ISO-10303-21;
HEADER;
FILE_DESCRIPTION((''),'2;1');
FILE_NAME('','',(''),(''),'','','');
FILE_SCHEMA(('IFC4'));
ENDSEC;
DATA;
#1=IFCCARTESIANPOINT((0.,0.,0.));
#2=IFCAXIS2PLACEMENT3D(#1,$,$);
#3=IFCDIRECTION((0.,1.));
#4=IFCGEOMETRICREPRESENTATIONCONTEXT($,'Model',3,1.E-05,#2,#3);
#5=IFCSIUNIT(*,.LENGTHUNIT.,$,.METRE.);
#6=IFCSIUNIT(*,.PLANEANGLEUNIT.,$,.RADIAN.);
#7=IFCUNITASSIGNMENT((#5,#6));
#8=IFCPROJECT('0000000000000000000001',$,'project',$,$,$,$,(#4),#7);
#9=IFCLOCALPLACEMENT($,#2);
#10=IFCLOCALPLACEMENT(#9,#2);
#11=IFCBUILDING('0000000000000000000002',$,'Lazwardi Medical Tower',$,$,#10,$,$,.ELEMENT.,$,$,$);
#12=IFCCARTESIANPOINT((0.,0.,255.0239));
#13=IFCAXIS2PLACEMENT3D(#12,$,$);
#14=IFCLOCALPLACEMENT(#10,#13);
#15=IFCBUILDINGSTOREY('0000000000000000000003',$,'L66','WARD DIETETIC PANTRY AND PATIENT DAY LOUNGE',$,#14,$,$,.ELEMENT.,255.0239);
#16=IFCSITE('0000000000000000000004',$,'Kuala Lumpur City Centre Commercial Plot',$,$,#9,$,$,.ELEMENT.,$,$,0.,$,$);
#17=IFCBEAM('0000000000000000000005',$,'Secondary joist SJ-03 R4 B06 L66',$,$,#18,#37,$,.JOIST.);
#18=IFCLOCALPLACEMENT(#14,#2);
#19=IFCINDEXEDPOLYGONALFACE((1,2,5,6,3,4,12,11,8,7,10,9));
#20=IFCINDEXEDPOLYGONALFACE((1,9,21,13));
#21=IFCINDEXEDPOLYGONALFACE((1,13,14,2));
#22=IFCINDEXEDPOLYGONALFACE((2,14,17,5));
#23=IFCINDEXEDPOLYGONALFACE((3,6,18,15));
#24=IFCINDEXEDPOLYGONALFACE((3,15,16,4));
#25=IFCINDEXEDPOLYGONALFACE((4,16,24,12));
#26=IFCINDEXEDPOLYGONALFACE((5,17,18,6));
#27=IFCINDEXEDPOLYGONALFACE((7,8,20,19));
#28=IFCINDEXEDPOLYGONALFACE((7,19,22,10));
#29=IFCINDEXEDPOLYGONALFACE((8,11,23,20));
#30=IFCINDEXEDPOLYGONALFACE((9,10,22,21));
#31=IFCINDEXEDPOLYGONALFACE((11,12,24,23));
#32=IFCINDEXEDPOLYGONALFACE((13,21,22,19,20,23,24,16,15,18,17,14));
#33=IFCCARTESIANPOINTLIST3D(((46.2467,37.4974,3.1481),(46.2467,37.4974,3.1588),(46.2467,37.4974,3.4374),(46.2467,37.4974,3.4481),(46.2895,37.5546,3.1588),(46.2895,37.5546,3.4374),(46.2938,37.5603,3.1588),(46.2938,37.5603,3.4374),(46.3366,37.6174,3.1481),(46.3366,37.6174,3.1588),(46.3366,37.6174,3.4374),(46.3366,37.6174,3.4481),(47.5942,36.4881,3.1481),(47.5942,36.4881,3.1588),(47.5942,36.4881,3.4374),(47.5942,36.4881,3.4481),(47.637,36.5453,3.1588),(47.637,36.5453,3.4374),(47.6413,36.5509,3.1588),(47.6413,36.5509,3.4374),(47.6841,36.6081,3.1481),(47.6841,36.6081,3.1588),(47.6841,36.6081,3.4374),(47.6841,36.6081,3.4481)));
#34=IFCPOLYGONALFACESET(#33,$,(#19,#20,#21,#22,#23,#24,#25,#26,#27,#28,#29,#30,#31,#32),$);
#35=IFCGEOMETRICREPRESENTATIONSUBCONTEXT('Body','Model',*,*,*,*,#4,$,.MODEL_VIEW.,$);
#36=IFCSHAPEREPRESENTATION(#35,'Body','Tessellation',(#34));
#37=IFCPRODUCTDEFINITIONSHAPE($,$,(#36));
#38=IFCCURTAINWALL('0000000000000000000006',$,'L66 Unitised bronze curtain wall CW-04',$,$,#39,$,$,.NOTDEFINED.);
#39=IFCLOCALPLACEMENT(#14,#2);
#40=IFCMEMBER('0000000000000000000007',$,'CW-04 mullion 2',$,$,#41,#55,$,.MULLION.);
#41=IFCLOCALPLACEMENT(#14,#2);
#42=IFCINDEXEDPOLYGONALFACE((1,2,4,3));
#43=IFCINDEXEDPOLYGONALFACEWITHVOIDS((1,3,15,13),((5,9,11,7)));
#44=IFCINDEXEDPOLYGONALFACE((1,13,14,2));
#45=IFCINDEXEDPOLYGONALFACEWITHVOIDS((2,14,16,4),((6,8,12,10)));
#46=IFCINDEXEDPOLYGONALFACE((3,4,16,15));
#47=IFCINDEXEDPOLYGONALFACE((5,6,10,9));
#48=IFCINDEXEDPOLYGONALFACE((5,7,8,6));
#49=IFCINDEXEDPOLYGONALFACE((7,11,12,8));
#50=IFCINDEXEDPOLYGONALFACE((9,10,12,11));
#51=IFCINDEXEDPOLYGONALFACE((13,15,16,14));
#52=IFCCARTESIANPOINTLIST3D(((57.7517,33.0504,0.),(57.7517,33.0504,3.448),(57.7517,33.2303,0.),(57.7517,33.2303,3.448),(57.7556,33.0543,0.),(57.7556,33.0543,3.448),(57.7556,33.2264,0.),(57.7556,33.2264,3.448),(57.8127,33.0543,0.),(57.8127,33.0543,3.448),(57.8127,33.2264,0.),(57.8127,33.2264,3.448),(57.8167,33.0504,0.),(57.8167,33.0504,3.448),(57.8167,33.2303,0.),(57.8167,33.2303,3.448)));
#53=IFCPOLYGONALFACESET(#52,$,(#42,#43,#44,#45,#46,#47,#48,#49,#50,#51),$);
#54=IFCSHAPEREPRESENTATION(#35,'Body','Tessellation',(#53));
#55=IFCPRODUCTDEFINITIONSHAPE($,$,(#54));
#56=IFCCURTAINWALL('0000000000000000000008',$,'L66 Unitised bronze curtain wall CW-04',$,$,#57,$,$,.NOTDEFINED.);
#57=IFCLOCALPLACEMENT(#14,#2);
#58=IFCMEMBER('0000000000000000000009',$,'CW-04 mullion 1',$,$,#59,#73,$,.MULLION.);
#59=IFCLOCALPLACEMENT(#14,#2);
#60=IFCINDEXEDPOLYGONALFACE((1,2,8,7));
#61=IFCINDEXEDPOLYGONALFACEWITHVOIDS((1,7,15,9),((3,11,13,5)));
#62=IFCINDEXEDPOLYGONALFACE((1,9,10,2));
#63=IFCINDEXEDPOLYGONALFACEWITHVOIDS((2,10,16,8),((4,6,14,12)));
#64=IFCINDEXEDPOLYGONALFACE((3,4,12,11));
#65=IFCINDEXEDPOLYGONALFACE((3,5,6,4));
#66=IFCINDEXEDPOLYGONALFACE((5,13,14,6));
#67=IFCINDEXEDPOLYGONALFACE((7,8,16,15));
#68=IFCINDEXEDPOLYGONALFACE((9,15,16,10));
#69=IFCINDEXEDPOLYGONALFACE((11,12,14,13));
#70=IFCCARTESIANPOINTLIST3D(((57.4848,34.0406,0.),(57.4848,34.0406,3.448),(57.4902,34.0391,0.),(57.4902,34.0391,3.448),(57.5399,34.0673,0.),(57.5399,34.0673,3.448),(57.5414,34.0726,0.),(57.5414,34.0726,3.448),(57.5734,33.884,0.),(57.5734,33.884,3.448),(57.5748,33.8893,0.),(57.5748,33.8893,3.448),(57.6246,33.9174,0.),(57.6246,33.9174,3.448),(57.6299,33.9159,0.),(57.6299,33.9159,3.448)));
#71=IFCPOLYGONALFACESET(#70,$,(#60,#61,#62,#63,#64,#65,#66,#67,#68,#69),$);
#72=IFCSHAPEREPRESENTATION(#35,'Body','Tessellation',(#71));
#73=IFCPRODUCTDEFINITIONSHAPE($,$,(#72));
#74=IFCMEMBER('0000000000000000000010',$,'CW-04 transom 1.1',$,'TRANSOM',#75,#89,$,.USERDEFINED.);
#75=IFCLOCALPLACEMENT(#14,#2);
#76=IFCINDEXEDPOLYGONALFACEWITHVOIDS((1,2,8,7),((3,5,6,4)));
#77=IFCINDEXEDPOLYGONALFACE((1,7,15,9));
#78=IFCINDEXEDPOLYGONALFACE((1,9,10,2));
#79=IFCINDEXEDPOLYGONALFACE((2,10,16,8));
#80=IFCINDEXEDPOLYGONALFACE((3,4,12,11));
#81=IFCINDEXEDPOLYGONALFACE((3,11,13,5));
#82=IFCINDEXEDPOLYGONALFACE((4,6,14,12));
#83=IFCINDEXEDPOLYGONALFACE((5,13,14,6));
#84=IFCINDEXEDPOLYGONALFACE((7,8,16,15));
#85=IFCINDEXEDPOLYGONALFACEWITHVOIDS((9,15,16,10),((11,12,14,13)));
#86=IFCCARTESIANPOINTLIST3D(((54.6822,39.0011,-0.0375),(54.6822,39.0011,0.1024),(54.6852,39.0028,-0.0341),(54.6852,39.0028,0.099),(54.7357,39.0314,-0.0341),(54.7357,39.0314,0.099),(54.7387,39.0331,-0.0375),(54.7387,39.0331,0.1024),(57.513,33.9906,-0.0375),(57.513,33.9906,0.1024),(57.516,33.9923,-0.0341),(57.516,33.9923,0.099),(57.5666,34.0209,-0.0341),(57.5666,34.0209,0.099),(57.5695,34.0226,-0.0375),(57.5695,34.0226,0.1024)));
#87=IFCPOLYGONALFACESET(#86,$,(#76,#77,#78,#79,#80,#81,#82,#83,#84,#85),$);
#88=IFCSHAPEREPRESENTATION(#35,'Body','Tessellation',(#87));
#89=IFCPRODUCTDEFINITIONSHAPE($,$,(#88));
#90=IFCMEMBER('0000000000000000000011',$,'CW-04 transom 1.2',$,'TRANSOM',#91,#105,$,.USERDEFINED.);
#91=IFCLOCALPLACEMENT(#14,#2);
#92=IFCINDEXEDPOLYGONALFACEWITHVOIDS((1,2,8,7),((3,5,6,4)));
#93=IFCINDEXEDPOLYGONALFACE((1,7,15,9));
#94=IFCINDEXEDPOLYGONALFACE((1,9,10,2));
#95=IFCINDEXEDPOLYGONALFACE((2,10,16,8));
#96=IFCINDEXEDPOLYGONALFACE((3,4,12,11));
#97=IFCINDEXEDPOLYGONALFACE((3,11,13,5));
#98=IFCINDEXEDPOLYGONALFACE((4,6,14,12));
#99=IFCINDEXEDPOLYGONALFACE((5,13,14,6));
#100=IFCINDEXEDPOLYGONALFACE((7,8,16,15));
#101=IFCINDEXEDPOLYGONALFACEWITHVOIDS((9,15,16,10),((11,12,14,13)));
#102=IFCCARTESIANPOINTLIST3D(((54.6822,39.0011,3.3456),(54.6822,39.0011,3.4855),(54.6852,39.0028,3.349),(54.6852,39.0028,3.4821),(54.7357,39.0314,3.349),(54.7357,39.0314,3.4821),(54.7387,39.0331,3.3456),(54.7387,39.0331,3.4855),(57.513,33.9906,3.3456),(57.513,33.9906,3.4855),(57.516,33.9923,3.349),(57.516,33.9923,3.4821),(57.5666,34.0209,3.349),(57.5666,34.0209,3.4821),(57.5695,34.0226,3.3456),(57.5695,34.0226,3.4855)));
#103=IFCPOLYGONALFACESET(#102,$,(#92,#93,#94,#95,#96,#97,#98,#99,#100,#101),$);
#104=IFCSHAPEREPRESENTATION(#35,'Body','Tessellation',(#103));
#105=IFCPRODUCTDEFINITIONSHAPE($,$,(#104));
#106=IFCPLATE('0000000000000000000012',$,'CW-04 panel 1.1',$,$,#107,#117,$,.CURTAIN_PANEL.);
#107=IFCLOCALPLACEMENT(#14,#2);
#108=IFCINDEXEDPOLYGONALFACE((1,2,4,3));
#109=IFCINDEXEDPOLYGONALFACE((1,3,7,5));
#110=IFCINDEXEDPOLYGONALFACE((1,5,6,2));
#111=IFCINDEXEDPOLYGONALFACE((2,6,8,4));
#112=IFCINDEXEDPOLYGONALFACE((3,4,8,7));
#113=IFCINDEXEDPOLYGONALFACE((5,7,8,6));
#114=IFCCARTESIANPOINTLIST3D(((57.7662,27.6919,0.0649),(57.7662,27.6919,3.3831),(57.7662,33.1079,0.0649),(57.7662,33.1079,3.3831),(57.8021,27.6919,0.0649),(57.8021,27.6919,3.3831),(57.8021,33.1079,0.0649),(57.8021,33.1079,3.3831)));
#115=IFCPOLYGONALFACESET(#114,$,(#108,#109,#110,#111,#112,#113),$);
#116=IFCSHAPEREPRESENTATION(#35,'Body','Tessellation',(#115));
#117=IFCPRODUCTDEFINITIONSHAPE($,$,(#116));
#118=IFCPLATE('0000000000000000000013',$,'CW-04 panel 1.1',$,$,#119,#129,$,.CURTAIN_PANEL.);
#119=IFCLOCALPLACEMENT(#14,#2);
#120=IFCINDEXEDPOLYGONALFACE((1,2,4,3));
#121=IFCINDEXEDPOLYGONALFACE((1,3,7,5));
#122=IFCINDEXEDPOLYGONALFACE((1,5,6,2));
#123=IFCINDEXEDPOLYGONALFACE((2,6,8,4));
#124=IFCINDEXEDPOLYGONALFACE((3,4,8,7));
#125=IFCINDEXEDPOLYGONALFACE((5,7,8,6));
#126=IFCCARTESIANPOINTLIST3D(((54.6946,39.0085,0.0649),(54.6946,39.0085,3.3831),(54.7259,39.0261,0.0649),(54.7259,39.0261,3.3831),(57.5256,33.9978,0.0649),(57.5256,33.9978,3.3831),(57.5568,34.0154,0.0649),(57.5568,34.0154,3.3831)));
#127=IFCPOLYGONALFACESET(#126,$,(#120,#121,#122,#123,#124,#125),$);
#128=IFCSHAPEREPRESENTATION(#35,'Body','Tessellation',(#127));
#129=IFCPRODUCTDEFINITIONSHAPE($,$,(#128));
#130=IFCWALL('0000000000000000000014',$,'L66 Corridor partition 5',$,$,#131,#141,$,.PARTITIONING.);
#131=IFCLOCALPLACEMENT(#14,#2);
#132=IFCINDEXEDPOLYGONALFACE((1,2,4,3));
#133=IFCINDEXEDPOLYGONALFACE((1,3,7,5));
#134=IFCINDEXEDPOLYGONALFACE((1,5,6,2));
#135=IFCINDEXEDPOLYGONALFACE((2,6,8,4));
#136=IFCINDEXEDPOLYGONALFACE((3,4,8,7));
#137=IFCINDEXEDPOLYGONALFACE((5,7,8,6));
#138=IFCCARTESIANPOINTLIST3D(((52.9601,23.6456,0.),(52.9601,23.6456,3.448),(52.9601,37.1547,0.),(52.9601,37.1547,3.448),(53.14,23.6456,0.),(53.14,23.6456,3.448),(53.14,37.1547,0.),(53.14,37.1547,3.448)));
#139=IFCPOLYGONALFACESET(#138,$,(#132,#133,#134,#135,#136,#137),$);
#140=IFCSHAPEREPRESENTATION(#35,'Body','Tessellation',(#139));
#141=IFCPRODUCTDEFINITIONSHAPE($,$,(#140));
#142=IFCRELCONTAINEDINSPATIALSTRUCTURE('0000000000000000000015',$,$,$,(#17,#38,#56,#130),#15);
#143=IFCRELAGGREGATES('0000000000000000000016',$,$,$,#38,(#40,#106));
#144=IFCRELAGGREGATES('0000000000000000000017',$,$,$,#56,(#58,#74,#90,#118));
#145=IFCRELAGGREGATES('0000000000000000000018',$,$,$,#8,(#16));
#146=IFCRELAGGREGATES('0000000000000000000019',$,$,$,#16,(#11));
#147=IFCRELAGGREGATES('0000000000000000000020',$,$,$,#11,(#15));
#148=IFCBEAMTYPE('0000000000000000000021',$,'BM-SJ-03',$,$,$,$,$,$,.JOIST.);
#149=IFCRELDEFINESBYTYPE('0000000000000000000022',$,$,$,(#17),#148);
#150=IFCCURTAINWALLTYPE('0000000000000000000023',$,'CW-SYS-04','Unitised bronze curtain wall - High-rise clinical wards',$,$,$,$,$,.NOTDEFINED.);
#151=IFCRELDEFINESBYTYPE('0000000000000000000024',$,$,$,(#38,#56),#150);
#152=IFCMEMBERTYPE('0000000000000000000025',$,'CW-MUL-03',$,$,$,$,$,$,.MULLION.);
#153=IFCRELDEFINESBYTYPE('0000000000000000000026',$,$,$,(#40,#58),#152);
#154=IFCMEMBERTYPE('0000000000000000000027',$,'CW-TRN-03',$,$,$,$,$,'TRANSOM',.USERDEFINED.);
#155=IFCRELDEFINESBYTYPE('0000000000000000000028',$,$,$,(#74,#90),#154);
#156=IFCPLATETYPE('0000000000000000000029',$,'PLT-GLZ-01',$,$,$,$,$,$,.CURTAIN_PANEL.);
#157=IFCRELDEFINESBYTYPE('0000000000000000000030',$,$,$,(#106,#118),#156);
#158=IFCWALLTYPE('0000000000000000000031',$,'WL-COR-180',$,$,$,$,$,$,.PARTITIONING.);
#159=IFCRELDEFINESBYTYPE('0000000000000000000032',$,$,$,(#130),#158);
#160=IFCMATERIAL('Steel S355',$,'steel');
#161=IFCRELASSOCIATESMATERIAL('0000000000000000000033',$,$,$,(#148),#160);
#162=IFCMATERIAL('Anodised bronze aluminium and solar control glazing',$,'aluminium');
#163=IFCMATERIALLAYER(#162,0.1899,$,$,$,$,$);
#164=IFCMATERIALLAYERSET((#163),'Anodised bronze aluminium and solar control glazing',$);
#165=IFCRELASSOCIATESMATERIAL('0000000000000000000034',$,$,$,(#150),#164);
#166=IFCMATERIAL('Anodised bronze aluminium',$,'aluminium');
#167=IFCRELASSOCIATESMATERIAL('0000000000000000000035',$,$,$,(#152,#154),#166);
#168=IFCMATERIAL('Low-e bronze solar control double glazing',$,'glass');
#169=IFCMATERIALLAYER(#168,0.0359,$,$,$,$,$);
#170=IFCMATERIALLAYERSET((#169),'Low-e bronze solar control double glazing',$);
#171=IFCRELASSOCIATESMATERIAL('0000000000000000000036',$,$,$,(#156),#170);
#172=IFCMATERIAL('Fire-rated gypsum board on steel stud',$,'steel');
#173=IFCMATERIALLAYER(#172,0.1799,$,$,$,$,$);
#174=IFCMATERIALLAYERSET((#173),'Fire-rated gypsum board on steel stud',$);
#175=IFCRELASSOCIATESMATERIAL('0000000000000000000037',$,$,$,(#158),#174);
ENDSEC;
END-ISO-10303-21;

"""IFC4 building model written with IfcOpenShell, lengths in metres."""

from ifc_helpers import new_model, si_unit, direction, frame, frame_2d, origin, origin_2d, place, context, subcontext, project, spatial, rectangle, hollow_rectangle, i_section, extrude, material, layer, layer_set, material_profile, profile_set, type_object, element, aggregate, save


model = new_model("IFC4")

# Units and contexts
model_context = context("Model", 3, precision=1e-05, world=origin(), true_north=direction((0.0, 1.0)))
body_context = subcontext(model_context, "Body", "Model", "MODEL_VIEW")
ifc_project = project(units=[si_unit("LENGTHUNIT", "METRE"), si_unit("PLANEANGLEUNIT", "RADIAN")], contexts=[model_context])

# Site, building, storey
site_placement = place(None, origin())
site = spatial("IfcSite", under=ifc_project, at=site_placement, Name="Kuala Lumpur City Centre Commercial Plot", CompositionType="ELEMENT", RefElevation=0.0)
building_placement = place(site_placement, origin())
building = spatial("IfcBuilding", under=site, at=building_placement, Name="Lazwardi Medical Tower", CompositionType="ELEMENT")
storey_placement = place(building_placement, frame((0.0, 0.0, 255.0239)))
storey = spatial("IfcBuildingStorey", under=building, at=storey_placement, Name="L66", Description="WARD DIETETIC PANTRY AND PATIENT DAY LOUNGE", CompositionType="ELEMENT", Elevation=255.0239)

# Beam
ifc_material_1 = material(Name="Steel S355", Category="steel")
ifc_material_profile_1 = material_profile(ifc_material_1, i_section(OverallWidth=0.1499, OverallDepth=0.3, WebThickness=0.0071, FlangeThickness=0.0107, at=origin_2d()), Name="IPE 300")
ifc_profile_set_1 = profile_set([ifc_material_profile_1], Name="Steel S355")
beam_type_1 = type_object("IfcBeamType", Name="BM-SJ-03", PredefinedType="JOIST", material=ifc_profile_set_1)
beam_1_placement = place(storey_placement, frame((47.6392, 36.5481, 3.2981), z_axis=(-0.800365, 0.599513, 0.0), x_axis=(-0.599513, -0.800365, 0.0)))
element("IfcBeam", 1, at=beam_1_placement, inside=storey, type_object=beam_type_1, Name="Secondary joist SJ-03 R4 B06 L66", PredefinedType="JOIST", context=body_context, shape_type="SweptSolid", body=[
    extrude(i_section(OverallWidth=0.1499, OverallDepth=0.3, WebThickness=0.0071, FlangeThickness=0.0107, at=origin_2d()), origin(), (0.0, 0.0, 1.0), 1.6836),
])

# Curtain wall, member
ifc_material_2 = material(Name="Anodised bronze aluminium and solar control glazing", Category="aluminium")
ifc_layer_1 = layer(ifc_material_2, 0.1899)
ifc_layer_set_1 = layer_set([ifc_layer_1], Name="Anodised bronze aluminium and solar control glazing")
curtain_wall_type = type_object("IfcCurtainWallType", Name="CW-SYS-04", Description="Unitised bronze curtain wall - High-rise clinical wards", PredefinedType="NOTDEFINED", material=ifc_layer_set_1)
curtain_wall_1_placement = place(storey_placement, origin())
curtain_wall_1 = element("IfcCurtainWall", 2, at=curtain_wall_1_placement, inside=storey, type_object=curtain_wall_type, Name="L66 Unitised bronze curtain wall CW-04", PredefinedType="NOTDEFINED")
ifc_material_3 = material(Name="Anodised bronze aluminium", Category="aluminium")
ifc_material_profile_2 = material_profile(ifc_material_3, hollow_rectangle(XDim=0.0649, YDim=0.1799, WallThickness=0.0039, at=origin_2d()), Name="ALU-MULLION 180x65x4")
ifc_profile_set_2 = profile_set([ifc_material_profile_2], Name="Anodised bronze aluminium")
member_type_1 = type_object("IfcMemberType", Name="CW-MUL-03", PredefinedType="MULLION", material=ifc_profile_set_2)
member_1_placement = place(storey_placement, frame((57.7842, 33.1404, 0.0), z_axis=(0.0, 0.0, 1.0), x_axis=(-1.0, 0.0, 0.0)))
member_1 = element("IfcMember", 3, at=member_1_placement, type_object=member_type_1, Name="CW-04 mullion 2", PredefinedType="MULLION", context=body_context, shape_type="SweptSolid", body=[
    extrude(hollow_rectangle(XDim=0.0649, YDim=0.1799, WallThickness=0.0039, at=origin_2d()), origin(), (0.0, 0.0, 1.0), 3.448),
])

# Curtain wall, members
curtain_wall_2_placement = place(storey_placement, origin())
curtain_wall_2 = element("IfcCurtainWall", 4, at=curtain_wall_2_placement, inside=storey, type_object=curtain_wall_type, Name="L66 Unitised bronze curtain wall CW-04", PredefinedType="NOTDEFINED")
member_2_placement = place(storey_placement, frame((57.5574, 33.9783, 0.0), z_axis=(0.0, 0.0, 1.0), x_axis=(-0.870651, -0.4919, 0.0)))
member_2 = element("IfcMember", 5, at=member_2_placement, type_object=member_type_1, Name="CW-04 mullion 1", PredefinedType="MULLION", context=body_context, shape_type="SweptSolid", body=[
    extrude(hollow_rectangle(XDim=0.0649, YDim=0.1799, WallThickness=0.0039, at=origin_2d()), origin(), (0.0, 0.0, 1.0), 3.448),
])
ifc_material_profile_3 = material_profile(ifc_material_3, hollow_rectangle(XDim=0.0649, YDim=0.1399, WallThickness=0.0034, at=origin_2d()), Name="ALU-TRANSOM 140x65x3.5")
ifc_profile_set_3 = profile_set([ifc_material_profile_3], Name="Anodised bronze aluminium")
member_type_2 = type_object("IfcMemberType", Name="CW-TRN-03", ElementType="TRANSOM", PredefinedType="USERDEFINED", material=ifc_profile_set_3)
member_3_placement = place(storey_placement, frame((57.5413, 34.0066, 0.0325), z_axis=(-0.491898, 0.870653, 0.0), x_axis=(-0.870653, -0.491898, 0.0)))
member_3 = element("IfcMember", 6, at=member_3_placement, type_object=member_type_2, Name="CW-04 transom 1.1", ObjectType="TRANSOM", PredefinedType="USERDEFINED", context=body_context, shape_type="SweptSolid", body=[
    extrude(hollow_rectangle(XDim=0.0649, YDim=0.1399, WallThickness=0.0034, at=origin_2d()), origin(), (0.0, 0.0, 1.0), 5.7549),
])
member_4_placement = place(storey_placement, frame((57.5413, 34.0066, 3.4155), z_axis=(-0.491898, 0.870653, 0.0), x_axis=(-0.870653, -0.491898, 0.0)))
member_4 = element("IfcMember", 7, at=member_4_placement, type_object=member_type_2, Name="CW-04 transom 1.2", ObjectType="TRANSOM", PredefinedType="USERDEFINED", context=body_context, shape_type="SweptSolid", body=[
    extrude(hollow_rectangle(XDim=0.0649, YDim=0.1399, WallThickness=0.0034, at=origin_2d()), origin(), (0.0, 0.0, 1.0), 5.7549),
])

# Plates
ifc_material_4 = material(Name="Low-e bronze solar control double glazing", Category="glass")
ifc_layer_2 = layer(ifc_material_4, 0.0359)
ifc_layer_set_2 = layer_set([ifc_layer_2], Name="Low-e bronze solar control double glazing")
plate_type = type_object("IfcPlateType", Name="PLT-GLZ-01", PredefinedType="CURTAIN_PANEL", material=ifc_layer_set_2)
plate_1_placement = place(storey_placement, frame((57.7842, 30.3999, 0.0649), z_axis=(0.0, 0.0, 1.0), x_axis=(0.0, 1.0, 0.0)))
plate_1 = element("IfcPlate", 8, at=plate_1_placement, type_object=plate_type, Name="CW-04 panel 1.1", PredefinedType="CURTAIN_PANEL", context=body_context, shape_type="SweptSolid", body=[
    extrude(rectangle(XDim=5.416, YDim=0.0359, at=origin_2d()), origin(), (0.0, 0.0, 1.0), 3.3181),
])
aggregate(curtain_wall_1, [member_1, plate_1])
plate_2_placement = place(storey_placement, frame((56.1257, 36.512, 0.0649), z_axis=(0.0, 0.0, 1.0), x_axis=(-0.4919, 0.870651, 0.0)))
plate_2 = element("IfcPlate", 9, at=plate_2_placement, type_object=plate_type, Name="CW-04 panel 1.1", PredefinedType="CURTAIN_PANEL", context=body_context, shape_type="SweptSolid", body=[
    extrude(rectangle(XDim=5.7551, YDim=0.0359, at=origin_2d()), origin(), (0.0, 0.0, 1.0), 3.3181),
])
aggregate(curtain_wall_2, [member_2, member_3, member_4, plate_2])

# Wall
ifc_material_5 = material(Name="Fire-rated gypsum board on steel stud", Category="steel")
ifc_layer_3 = layer(ifc_material_5, 0.1799)
ifc_layer_set_3 = layer_set([ifc_layer_3], Name="Fire-rated gypsum board on steel stud")
wall_type_1 = type_object("IfcWallType", Name="WL-COR-180", PredefinedType="PARTITIONING", material=ifc_layer_set_3)
wall_1_placement = place(storey_placement, frame((53.05, 37.1545, 0.0), z_axis=(0.0, 0.0, 1.0), x_axis=(0.0, -1.0, 0.0)))
element("IfcWall", 10, at=wall_1_placement, inside=storey, type_object=wall_type_1, Name="L66 Corridor partition 5", PredefinedType="PARTITIONING", context=body_context, shape_type="SweptSolid", body=[
    extrude(rectangle(XDim=13.509, YDim=0.1799, at=frame_2d((6.7544, 0.0))), origin(), (0.0, 0.0, 1.0), 3.448),
])

save(model, "model.ifc")
